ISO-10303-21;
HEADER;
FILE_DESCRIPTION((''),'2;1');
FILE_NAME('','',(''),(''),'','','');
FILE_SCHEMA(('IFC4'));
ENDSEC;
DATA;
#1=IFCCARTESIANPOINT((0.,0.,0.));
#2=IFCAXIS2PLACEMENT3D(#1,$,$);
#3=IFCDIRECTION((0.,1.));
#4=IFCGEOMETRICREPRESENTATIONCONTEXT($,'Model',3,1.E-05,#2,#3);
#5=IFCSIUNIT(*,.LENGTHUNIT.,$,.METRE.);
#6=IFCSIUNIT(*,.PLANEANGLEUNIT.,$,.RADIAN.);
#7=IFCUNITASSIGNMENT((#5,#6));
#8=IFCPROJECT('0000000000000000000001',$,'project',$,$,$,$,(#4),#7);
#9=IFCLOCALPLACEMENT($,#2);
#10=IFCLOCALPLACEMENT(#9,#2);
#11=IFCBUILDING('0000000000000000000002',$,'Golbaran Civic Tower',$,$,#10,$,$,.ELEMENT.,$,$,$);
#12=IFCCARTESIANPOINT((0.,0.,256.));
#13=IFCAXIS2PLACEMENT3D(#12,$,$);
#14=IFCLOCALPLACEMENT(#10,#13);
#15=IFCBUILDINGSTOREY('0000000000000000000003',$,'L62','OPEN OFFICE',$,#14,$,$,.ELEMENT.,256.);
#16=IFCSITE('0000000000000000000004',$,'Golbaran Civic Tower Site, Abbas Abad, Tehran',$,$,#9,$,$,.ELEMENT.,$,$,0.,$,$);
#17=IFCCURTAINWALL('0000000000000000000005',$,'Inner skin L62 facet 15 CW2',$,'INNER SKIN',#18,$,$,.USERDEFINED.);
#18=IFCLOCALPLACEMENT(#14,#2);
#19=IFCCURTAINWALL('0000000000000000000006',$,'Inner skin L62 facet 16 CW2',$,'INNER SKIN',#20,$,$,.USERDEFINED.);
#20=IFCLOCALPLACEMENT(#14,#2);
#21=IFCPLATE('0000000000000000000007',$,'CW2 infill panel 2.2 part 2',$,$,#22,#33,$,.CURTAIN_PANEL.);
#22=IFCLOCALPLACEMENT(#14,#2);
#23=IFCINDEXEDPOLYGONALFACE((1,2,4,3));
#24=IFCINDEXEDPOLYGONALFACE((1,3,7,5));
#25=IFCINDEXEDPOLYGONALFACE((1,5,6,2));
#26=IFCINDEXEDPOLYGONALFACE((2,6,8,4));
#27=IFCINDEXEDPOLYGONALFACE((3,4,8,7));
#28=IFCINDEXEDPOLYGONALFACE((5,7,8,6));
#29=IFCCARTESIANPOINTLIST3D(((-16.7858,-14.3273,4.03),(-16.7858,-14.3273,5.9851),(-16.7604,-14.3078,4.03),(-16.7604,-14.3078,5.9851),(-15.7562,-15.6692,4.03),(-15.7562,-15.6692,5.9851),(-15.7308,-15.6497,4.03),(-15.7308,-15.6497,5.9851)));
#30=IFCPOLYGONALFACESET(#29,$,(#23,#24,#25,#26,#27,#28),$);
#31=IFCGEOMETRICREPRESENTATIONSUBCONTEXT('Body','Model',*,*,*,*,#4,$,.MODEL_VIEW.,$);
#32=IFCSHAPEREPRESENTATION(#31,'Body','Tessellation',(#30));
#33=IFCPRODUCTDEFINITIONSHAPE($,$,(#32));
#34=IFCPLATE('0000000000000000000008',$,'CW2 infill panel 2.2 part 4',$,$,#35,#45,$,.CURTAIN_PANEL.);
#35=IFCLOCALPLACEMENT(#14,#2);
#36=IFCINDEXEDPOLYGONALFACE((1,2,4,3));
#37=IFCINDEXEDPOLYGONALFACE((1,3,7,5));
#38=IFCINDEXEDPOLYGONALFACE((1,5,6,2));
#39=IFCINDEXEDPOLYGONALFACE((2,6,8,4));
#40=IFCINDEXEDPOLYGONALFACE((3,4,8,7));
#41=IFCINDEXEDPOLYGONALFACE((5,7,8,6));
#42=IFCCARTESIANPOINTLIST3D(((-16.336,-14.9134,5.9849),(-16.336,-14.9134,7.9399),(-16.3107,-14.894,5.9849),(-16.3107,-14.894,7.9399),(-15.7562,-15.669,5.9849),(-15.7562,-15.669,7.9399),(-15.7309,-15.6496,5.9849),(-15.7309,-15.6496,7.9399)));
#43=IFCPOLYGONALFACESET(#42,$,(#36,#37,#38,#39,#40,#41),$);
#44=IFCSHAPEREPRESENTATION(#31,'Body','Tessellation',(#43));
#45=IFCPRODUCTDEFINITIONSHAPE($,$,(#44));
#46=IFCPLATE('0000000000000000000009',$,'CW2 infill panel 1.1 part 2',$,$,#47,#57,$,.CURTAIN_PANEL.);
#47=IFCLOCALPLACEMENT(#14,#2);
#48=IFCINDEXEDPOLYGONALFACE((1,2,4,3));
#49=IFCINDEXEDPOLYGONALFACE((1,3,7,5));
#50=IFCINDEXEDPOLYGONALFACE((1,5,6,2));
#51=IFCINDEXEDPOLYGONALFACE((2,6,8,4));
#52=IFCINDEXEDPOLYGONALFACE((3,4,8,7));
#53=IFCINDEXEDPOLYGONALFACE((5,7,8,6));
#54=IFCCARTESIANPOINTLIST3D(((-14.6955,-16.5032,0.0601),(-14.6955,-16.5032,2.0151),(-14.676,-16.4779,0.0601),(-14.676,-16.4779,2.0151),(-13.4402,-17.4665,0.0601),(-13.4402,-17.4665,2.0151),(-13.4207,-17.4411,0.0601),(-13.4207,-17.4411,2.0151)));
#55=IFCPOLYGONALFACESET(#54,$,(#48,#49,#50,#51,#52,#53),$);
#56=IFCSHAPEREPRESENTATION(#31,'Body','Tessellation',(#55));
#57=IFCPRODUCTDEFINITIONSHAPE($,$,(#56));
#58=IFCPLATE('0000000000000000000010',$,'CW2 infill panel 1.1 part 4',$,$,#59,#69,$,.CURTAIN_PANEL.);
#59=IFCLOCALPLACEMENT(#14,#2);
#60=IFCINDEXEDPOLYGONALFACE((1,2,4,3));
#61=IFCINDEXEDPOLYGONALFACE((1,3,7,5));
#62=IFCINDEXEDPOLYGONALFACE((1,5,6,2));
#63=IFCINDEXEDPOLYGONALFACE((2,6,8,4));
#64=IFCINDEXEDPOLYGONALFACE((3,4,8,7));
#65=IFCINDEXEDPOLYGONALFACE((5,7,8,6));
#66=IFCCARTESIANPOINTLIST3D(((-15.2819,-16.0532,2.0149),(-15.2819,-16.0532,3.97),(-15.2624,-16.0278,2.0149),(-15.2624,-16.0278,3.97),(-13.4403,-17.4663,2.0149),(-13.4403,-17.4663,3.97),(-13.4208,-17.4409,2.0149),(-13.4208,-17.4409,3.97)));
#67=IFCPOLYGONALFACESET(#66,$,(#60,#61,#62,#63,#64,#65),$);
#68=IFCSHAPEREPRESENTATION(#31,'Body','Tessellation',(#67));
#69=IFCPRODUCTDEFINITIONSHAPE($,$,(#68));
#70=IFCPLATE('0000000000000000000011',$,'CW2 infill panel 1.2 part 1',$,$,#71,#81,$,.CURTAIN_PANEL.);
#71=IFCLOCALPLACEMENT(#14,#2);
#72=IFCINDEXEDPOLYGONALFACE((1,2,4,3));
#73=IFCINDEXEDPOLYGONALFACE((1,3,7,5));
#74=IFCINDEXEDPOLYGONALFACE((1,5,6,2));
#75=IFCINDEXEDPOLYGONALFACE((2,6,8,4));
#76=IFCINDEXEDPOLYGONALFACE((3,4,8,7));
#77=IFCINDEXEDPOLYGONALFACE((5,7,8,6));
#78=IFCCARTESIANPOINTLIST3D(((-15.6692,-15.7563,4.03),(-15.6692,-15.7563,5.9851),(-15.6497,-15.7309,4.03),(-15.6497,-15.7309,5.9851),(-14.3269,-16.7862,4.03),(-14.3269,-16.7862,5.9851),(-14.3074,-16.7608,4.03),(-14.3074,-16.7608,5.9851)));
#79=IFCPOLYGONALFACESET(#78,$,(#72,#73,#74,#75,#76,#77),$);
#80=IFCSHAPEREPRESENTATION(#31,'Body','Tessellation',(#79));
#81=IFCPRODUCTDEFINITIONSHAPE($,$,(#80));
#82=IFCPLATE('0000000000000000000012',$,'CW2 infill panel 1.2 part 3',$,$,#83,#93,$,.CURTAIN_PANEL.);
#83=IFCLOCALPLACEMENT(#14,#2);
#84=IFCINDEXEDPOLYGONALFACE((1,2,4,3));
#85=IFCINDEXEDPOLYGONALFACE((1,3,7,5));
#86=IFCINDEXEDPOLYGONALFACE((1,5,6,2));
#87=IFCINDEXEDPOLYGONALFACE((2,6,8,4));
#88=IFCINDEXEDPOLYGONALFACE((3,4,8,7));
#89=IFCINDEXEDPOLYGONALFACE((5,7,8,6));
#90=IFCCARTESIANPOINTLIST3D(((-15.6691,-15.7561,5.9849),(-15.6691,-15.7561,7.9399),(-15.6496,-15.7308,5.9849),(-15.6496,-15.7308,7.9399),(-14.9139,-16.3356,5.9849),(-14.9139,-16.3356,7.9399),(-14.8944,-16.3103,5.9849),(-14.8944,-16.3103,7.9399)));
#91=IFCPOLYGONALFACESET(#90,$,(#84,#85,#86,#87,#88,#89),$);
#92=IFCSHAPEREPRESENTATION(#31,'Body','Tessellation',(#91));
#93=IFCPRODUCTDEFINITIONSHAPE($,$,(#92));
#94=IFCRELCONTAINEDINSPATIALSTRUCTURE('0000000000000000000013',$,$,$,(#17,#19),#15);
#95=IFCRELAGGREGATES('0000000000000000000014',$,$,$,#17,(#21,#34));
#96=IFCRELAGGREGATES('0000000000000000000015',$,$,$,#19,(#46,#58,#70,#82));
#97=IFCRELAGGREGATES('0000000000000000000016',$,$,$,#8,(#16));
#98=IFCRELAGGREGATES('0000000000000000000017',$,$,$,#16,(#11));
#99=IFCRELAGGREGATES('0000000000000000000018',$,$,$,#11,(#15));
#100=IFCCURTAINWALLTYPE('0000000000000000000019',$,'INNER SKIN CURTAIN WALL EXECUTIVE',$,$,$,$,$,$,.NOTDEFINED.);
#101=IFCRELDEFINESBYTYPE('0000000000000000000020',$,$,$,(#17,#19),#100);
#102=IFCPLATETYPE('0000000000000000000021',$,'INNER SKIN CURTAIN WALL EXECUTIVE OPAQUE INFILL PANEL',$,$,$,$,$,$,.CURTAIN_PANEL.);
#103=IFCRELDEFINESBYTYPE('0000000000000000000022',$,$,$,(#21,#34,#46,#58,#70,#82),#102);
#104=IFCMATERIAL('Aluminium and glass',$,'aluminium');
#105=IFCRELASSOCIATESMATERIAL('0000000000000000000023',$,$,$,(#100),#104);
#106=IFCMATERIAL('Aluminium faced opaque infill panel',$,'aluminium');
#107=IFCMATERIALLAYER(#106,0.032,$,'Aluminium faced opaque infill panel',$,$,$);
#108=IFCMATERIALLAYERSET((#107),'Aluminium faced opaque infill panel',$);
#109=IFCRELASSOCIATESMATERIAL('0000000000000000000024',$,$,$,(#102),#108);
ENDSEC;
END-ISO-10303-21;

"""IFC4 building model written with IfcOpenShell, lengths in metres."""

from ifc_helpers import new_model, si_unit, direction, frame, origin, origin_2d, place, context, subcontext, project, spatial, rectangle, extrude, material, layer, layer_set, type_object, element, aggregate, save


model = new_model("IFC4")

# Units and contexts
model_context = context("Model", 3, precision=1e-05, world=origin(), true_north=direction((0.0, 1.0)))
body_context = subcontext(model_context, "Body", "Model", "MODEL_VIEW")
ifc_project = project(units=[si_unit("LENGTHUNIT", "METRE"), si_unit("PLANEANGLEUNIT", "RADIAN")], contexts=[model_context])

# Site, building, storey
site_placement = place(None, origin())
site = spatial("IfcSite", under=ifc_project, at=site_placement, Name="Golbaran Civic Tower Site, Abbas Abad, Tehran", CompositionType="ELEMENT", RefElevation=0.0)
building_placement = place(site_placement, origin())
building = spatial("IfcBuilding", under=site, at=building_placement, Name="Golbaran Civic Tower", CompositionType="ELEMENT")
storey_placement = place(building_placement, frame((0.0, 0.0, 256.0)))
storey = spatial("IfcBuildingStorey", under=building, at=storey_placement, Name="L62", Description="OPEN OFFICE", CompositionType="ELEMENT", Elevation=256.0)

# Curtain wall
ifc_material_1 = material(Name="Aluminium and glass", Category="aluminium")
curtain_wall_type = type_object("IfcCurtainWallType", Name="INNER SKIN CURTAIN WALL EXECUTIVE", PredefinedType="NOTDEFINED", material=ifc_material_1)
curtain_wall_1_placement = place(storey_placement, origin())
curtain_wall_1 = element("IfcCurtainWall", 1, at=curtain_wall_1_placement, inside=storey, type_object=curtain_wall_type, Name="Inner skin L62 facet 15 CW2", ObjectType="INNER SKIN", PredefinedType="USERDEFINED")

# Curtain wall
curtain_wall_2_placement = place(storey_placement, origin())
curtain_wall_2 = element("IfcCurtainWall", 2, at=curtain_wall_2_placement, inside=storey, type_object=curtain_wall_type, Name="Inner skin L62 facet 16 CW2", ObjectType="INNER SKIN", PredefinedType="USERDEFINED")

# Plates
ifc_material_2 = material(Name="Aluminium faced opaque infill panel", Category="aluminium")
ifc_layer_1 = layer(ifc_material_2, 0.032, Name="Aluminium faced opaque infill panel")
ifc_layer_set_1 = layer_set([ifc_layer_1], Name="Aluminium faced opaque infill panel")
plate_type_1 = type_object("IfcPlateType", Name="INNER SKIN CURTAIN WALL EXECUTIVE OPAQUE INFILL PANEL", PredefinedType="CURTAIN_PANEL", material=ifc_layer_set_1)
plate_1_placement = place(storey_placement, frame((-16.2583, -14.9885, 4.03), z_axis=(0.0, 0.0, 1.0), x_axis=(0.608761, -0.793353, 0.0)))
plate_1 = element("IfcPlate", 3, at=plate_1_placement, type_object=plate_type_1, Name="CW2 infill panel 2.2 part 2", PredefinedType="CURTAIN_PANEL", context=body_context, shape_type="SweptSolid", body=[
    extrude(rectangle(XDim=1.6914, YDim=0.032, at=origin_2d()), origin(), (0.0, 0.0, 1.0), 1.9551),
])
plate_2_placement = place(storey_placement, frame((-16.0334, -15.2815, 5.9849), z_axis=(0.0, 0.0, 1.0), x_axis=(0.608761, -0.793353, 0.0)))
plate_2 = element("IfcPlate", 4, at=plate_2_placement, type_object=plate_type_1, Name="CW2 infill panel 2.2 part 4", PredefinedType="CURTAIN_PANEL", context=body_context, shape_type="SweptSolid", body=[
    extrude(rectangle(XDim=0.9524, YDim=0.032, at=origin_2d()), origin(), (0.0, 0.0, 1.0), 1.9551),
])
aggregate(curtain_wall_1, [plate_1, plate_2])
plate_3_placement = place(storey_placement, frame((-14.0581, -16.9722, 0.0601), z_axis=(0.0, 0.0, 1.0), x_axis=(0.793353, -0.608761, 0.0)))
plate_3 = element("IfcPlate", 5, at=plate_3_placement, type_object=plate_type_1, Name="CW2 infill panel 1.1 part 2", PredefinedType="CURTAIN_PANEL", context=body_context, shape_type="SweptSolid", body=[
    extrude(rectangle(XDim=1.5823, YDim=0.032, at=origin_2d()), origin(), (0.0, 0.0, 1.0), 1.9551),
])
plate_4_placement = place(storey_placement, frame((-14.3513, -16.7471, 2.0149), z_axis=(0.0, 0.0, 1.0), x_axis=(0.793353, -0.608761, 0.0)))
plate_4 = element("IfcPlate", 6, at=plate_4_placement, type_object=plate_type_1, Name="CW2 infill panel 1.1 part 4", PredefinedType="CURTAIN_PANEL", context=body_context, shape_type="SweptSolid", body=[
    extrude(rectangle(XDim=2.3213, YDim=0.032, at=origin_2d()), origin(), (0.0, 0.0, 1.0), 1.9551),
])
plate_5_placement = place(storey_placement, frame((-14.9883, -16.2585, 4.03), z_axis=(0.0, 0.0, 1.0), x_axis=(0.793353, -0.608761, 0.0)))
plate_5 = element("IfcPlate", 7, at=plate_5_placement, type_object=plate_type_1, Name="CW2 infill panel 1.2 part 1", PredefinedType="CURTAIN_PANEL", context=body_context, shape_type="SweptSolid", body=[
    extrude(rectangle(XDim=1.6919, YDim=0.032, at=origin_2d()), origin(), (0.0, 0.0, 1.0), 1.9551),
])
plate_6_placement = place(storey_placement, frame((-15.2817, -16.0332, 5.9849), z_axis=(0.0, 0.0, 1.0), x_axis=(0.793353, -0.608761, 0.0)))
plate_6 = element("IfcPlate", 8, at=plate_6_placement, type_object=plate_type_1, Name="CW2 infill panel 1.2 part 3", PredefinedType="CURTAIN_PANEL", context=body_context, shape_type="SweptSolid", body=[
    extrude(rectangle(XDim=0.9519, YDim=0.032, at=origin_2d()), origin(), (0.0, 0.0, 1.0), 1.9551),
])
aggregate(curtain_wall_2, [plate_3, plate_4, plate_5, plate_6])

save(model, "model.ifc")
